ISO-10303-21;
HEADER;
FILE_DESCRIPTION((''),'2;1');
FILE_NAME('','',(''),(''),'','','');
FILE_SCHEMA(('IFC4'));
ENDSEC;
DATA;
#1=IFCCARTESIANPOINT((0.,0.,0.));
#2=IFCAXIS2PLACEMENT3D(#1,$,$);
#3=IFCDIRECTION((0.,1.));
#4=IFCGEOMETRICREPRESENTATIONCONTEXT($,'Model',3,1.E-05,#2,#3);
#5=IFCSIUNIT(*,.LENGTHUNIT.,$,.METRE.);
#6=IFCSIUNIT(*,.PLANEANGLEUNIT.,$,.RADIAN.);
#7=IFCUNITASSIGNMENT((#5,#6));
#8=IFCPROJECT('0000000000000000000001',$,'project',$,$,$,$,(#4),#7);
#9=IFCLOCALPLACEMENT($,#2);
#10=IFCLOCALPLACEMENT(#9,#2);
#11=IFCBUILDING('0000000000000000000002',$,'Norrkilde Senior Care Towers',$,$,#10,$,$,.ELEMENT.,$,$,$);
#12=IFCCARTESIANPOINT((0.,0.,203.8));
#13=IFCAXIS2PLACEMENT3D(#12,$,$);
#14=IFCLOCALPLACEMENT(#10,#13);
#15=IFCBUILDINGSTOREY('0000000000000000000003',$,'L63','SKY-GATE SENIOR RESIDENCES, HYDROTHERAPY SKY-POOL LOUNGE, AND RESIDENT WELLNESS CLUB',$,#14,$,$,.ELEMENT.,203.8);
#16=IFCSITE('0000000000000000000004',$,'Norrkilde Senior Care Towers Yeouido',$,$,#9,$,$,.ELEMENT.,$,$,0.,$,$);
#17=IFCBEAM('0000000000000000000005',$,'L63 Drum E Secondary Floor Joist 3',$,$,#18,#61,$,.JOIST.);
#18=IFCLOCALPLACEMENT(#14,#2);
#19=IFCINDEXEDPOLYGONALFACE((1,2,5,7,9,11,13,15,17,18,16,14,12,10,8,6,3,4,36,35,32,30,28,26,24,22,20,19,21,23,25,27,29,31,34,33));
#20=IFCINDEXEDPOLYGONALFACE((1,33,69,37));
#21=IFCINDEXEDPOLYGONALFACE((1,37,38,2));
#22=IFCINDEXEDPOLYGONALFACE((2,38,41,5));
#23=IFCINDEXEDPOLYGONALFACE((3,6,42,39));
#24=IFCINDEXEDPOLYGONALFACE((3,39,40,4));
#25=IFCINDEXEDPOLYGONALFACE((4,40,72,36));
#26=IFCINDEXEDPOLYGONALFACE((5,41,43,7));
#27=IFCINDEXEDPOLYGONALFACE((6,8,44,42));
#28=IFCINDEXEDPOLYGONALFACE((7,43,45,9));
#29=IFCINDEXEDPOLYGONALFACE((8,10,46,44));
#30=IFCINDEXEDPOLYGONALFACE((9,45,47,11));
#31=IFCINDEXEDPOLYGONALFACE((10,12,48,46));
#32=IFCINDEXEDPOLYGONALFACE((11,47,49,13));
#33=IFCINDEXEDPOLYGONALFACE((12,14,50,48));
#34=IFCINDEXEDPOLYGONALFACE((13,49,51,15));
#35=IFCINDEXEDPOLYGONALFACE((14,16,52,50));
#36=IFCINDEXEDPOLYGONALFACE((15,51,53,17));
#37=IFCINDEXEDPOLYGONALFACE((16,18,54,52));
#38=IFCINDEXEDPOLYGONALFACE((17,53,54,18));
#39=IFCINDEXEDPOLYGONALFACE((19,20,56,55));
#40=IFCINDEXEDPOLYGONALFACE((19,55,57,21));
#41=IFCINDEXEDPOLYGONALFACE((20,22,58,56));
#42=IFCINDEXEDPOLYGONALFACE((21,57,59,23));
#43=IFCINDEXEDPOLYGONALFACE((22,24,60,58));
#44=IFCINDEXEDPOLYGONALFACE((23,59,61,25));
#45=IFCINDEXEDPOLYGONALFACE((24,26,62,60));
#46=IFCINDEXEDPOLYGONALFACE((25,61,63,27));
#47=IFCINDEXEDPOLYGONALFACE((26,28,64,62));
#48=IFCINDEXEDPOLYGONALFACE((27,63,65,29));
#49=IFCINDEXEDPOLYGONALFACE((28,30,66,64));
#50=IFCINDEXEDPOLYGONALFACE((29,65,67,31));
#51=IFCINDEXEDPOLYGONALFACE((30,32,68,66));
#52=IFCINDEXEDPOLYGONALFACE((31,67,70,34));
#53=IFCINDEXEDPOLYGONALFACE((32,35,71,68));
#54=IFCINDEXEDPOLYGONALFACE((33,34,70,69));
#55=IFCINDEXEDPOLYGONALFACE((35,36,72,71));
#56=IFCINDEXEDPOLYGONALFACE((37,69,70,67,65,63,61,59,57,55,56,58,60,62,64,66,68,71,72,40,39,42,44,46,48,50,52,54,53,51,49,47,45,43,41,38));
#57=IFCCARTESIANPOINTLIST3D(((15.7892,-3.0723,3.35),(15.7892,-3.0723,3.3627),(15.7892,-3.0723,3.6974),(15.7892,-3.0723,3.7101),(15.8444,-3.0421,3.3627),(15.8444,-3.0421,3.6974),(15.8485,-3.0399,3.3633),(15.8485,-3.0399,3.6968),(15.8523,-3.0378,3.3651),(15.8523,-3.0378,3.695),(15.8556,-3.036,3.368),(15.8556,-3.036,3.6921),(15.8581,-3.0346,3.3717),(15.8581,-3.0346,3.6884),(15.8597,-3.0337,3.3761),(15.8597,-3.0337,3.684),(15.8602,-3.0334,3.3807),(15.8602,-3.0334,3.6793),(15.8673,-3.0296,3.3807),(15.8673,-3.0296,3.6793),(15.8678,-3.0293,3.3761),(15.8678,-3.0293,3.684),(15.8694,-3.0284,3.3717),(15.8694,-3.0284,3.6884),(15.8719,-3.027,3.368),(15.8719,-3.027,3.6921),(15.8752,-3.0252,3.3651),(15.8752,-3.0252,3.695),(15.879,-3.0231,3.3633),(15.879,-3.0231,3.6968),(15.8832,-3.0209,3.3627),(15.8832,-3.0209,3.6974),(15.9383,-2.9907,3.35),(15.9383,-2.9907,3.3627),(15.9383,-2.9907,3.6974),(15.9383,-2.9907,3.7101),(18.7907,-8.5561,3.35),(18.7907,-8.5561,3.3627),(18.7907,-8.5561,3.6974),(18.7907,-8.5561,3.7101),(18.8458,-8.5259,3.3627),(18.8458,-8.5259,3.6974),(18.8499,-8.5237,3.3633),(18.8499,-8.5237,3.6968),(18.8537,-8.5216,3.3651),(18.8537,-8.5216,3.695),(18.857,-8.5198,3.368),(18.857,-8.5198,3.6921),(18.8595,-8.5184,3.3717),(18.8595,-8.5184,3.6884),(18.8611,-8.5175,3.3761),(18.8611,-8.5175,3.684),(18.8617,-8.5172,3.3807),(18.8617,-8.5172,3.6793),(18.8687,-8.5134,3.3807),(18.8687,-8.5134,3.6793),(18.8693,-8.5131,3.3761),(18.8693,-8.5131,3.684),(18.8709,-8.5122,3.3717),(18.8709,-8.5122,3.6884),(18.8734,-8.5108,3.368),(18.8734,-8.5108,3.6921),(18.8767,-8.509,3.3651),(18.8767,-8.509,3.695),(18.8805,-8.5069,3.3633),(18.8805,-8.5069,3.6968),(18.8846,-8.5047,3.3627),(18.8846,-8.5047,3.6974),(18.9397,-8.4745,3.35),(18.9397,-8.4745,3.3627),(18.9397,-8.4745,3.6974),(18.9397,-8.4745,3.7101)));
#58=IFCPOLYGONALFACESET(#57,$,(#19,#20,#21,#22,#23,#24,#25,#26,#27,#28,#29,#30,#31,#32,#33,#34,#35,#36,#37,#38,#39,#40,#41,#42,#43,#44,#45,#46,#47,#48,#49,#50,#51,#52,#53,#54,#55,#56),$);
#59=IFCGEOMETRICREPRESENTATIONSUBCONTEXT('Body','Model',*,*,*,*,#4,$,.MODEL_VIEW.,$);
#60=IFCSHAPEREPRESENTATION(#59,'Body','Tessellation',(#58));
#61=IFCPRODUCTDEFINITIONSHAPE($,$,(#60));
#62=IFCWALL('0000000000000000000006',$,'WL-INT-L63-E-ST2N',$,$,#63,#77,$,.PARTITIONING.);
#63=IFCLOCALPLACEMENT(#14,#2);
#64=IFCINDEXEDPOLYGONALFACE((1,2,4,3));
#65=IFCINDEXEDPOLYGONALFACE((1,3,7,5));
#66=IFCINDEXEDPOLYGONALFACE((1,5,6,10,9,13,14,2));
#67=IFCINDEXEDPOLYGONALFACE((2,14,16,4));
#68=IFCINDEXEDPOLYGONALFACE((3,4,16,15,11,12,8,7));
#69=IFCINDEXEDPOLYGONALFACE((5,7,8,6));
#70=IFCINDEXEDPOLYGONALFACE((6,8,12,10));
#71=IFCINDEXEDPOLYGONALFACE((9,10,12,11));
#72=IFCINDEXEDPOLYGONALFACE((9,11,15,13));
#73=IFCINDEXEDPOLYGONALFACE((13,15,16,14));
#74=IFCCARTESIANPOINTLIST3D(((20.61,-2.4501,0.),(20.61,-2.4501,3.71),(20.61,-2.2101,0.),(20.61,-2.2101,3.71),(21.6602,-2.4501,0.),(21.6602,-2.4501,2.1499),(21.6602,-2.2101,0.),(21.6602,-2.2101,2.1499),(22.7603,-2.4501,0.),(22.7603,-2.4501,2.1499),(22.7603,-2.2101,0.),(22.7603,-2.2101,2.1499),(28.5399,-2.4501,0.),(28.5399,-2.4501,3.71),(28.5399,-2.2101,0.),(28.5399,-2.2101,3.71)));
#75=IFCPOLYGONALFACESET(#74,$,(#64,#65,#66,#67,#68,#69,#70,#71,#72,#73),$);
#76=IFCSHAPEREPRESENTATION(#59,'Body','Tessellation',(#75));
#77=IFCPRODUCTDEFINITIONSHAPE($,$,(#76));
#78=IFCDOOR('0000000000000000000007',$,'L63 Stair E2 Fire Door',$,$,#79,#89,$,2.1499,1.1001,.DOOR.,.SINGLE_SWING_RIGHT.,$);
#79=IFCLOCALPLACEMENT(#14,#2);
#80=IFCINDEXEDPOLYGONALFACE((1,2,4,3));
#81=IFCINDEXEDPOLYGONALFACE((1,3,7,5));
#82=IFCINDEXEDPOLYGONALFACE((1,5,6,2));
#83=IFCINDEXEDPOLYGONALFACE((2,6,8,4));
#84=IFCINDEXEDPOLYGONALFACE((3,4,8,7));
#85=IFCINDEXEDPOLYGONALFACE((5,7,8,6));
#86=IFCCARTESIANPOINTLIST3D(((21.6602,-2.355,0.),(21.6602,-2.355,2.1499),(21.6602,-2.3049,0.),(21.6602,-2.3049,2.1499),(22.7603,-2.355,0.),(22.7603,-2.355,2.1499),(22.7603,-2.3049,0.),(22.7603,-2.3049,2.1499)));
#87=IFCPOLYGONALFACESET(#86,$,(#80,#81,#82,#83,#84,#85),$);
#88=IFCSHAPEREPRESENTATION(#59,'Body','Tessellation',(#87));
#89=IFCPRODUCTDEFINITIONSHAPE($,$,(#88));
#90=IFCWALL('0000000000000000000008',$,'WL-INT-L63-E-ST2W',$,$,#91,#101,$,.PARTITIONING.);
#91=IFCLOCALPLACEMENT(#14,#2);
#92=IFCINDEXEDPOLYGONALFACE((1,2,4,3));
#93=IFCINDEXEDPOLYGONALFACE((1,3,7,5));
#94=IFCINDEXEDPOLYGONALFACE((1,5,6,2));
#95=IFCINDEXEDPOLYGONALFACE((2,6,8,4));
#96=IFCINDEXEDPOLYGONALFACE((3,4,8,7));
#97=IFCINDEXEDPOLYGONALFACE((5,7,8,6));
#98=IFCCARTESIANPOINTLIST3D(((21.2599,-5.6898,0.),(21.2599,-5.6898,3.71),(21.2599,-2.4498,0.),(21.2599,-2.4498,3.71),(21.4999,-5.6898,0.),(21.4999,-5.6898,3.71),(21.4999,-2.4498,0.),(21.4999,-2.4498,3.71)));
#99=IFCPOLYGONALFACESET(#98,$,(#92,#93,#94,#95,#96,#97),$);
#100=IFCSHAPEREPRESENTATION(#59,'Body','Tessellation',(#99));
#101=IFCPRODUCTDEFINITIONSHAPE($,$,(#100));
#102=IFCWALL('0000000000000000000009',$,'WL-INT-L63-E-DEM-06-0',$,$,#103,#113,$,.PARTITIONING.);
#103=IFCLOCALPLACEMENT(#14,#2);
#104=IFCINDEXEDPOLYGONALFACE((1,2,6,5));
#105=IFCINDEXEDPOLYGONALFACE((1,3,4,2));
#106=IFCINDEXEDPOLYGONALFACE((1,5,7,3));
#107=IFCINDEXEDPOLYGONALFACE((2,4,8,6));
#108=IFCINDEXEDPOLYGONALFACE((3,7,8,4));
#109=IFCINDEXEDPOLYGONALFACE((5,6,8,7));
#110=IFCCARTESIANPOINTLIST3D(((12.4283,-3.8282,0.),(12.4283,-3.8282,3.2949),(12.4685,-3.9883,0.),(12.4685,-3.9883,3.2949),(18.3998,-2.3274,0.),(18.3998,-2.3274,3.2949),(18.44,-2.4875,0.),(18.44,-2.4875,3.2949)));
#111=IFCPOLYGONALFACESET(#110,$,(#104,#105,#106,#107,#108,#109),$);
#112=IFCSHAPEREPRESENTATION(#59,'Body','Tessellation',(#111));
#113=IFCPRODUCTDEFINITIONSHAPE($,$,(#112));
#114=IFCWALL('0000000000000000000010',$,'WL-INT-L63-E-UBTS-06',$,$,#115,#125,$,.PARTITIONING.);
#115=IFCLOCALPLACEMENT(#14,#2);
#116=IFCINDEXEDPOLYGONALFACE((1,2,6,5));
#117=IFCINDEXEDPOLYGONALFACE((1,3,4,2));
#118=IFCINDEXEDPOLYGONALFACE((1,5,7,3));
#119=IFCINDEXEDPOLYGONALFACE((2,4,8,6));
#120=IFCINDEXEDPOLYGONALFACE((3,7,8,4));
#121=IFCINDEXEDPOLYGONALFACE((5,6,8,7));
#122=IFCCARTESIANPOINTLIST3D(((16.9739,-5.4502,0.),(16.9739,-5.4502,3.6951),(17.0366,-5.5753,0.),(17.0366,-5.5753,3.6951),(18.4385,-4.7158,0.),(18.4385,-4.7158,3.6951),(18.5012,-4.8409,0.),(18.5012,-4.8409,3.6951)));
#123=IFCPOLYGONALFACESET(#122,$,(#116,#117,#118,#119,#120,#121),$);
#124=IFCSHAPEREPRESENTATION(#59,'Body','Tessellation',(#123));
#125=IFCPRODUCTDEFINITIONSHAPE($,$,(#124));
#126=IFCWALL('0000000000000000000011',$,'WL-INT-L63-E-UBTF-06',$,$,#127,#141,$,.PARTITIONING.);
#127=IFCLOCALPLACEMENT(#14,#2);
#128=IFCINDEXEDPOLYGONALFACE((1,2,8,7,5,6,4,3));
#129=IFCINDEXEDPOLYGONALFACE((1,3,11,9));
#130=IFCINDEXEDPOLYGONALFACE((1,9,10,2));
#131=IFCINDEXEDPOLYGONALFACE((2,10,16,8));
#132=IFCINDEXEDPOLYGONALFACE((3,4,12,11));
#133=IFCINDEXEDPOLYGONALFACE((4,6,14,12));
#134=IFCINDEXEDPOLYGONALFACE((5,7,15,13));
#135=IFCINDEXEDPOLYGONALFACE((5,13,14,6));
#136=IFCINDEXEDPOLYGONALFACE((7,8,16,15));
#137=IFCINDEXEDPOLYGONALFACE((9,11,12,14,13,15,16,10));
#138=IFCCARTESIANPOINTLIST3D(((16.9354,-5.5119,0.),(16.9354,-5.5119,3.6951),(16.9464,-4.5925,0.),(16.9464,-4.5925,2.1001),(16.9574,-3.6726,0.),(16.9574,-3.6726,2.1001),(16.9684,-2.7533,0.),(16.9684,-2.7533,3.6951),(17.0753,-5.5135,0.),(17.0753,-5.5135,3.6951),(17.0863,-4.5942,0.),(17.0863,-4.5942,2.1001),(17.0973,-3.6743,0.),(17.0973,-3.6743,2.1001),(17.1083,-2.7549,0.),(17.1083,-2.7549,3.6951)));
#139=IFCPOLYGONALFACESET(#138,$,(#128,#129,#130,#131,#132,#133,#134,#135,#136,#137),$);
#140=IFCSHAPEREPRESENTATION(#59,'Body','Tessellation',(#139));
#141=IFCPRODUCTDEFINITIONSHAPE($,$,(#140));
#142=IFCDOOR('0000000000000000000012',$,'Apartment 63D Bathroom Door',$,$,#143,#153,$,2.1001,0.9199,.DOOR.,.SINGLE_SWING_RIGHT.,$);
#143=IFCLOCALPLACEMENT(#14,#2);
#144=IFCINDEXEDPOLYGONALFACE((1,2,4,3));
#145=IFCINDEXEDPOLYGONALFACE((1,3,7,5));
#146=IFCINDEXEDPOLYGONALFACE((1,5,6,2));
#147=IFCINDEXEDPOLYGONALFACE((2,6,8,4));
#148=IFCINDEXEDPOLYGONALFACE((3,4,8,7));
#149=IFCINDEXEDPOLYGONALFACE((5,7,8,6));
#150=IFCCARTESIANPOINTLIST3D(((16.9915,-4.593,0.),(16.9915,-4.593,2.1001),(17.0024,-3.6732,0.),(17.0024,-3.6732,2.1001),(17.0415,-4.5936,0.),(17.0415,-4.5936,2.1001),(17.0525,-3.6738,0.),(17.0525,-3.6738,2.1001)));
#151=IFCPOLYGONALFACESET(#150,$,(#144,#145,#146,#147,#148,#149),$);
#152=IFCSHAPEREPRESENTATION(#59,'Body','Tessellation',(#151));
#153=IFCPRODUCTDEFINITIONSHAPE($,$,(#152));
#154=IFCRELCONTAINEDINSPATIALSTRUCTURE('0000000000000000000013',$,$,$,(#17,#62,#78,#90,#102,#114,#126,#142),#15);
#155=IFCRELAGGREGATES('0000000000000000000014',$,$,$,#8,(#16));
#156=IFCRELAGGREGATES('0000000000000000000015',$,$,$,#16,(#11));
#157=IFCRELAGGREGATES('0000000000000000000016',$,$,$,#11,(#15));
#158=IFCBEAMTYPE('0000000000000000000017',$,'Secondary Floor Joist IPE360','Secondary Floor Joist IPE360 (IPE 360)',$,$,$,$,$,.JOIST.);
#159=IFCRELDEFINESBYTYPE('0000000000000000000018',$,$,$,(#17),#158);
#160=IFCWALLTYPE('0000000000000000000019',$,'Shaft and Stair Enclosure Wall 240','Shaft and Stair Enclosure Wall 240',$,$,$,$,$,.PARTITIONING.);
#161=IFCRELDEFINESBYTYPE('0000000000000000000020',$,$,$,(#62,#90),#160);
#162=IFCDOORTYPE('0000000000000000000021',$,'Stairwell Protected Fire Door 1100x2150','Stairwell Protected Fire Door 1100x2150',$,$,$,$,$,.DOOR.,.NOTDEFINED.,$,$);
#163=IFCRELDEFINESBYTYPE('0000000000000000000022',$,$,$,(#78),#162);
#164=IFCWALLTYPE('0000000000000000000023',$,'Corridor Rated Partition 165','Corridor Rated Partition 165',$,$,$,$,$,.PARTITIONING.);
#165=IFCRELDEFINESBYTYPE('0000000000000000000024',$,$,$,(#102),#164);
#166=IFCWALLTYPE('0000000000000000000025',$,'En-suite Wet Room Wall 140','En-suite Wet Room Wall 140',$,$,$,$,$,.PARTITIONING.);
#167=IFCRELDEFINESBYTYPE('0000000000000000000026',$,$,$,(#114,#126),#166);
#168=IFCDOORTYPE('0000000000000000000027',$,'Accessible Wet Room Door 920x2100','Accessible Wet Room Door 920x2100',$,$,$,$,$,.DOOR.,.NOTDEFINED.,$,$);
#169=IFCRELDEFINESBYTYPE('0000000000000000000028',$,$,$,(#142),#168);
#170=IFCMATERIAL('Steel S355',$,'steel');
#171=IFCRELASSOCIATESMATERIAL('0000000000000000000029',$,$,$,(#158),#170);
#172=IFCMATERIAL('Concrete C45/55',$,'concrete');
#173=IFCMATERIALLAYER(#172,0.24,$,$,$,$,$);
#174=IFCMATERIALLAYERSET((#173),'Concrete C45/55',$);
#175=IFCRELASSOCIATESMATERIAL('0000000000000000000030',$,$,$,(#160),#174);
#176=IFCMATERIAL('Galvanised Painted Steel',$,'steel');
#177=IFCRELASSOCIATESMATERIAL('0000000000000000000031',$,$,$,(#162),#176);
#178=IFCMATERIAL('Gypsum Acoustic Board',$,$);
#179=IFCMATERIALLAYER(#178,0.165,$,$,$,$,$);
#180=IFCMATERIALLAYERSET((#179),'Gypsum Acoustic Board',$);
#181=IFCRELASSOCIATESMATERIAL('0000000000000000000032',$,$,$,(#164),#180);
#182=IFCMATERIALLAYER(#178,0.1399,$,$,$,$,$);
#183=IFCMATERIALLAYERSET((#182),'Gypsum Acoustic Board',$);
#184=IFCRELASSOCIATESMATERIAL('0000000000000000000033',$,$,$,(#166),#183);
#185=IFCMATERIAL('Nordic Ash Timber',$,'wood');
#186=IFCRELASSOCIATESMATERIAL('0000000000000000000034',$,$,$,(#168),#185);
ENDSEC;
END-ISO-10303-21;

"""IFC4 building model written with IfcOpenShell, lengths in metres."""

from ifc_helpers import new_model, si_unit, direction, frame, frame_2d, origin, origin_2d, place, context, subcontext, project, spatial, rectangle, i_section, extrude, source, transform, mapped, material, layer, layer_set, material_profile, profile_set, type_object, type_shapes, element, fill, save


model = new_model("IFC4")

# Units and contexts
model_context = context("Model", 3, precision=1e-05, world=origin(), true_north=direction((0.0, 1.0)))
body_context = subcontext(model_context, "Body", "Model", "MODEL_VIEW")
ifc_project = project(units=[si_unit("LENGTHUNIT", "METRE"), si_unit("PLANEANGLEUNIT", "RADIAN")], contexts=[model_context])

# Site, building, storey
site_placement = place(None, origin())
site = spatial("IfcSite", under=ifc_project, at=site_placement, Name="Norrkilde Senior Care Towers Yeouido", CompositionType="ELEMENT", RefElevation=0.0)
building_placement = place(site_placement, origin())
building = spatial("IfcBuilding", under=site, at=building_placement, Name="Norrkilde Senior Care Towers", CompositionType="ELEMENT")
storey_placement = place(building_placement, frame((0.0, 0.0, 203.8)))
storey = spatial("IfcBuildingStorey", under=building, at=storey_placement, Name="L63", Description="SKY-GATE SENIOR RESIDENCES, HYDROTHERAPY SKY-POOL LOUNGE, AND RESIDENT WELLNESS CLUB", CompositionType="ELEMENT", Elevation=203.8)

# Beam
ifc_material_1 = material(Name="Steel S355", Category="steel")
ifc_material_profile_1 = material_profile(ifc_material_1, i_section(OverallWidth=0.1699, OverallDepth=0.3601, WebThickness=0.0081, FlangeThickness=0.0127, FilletRadius=0.0181, at=origin_2d()), Name="IPE 360")
ifc_profile_set_1 = profile_set([ifc_material_profile_1], Name="Steel S355")
beam_type_1 = type_object("IfcBeamType", Name="Secondary Floor Joist IPE360", Description="Secondary Floor Joist IPE360 (IPE 360)", PredefinedType="JOIST", material=ifc_profile_set_1)
shared_shape_1 = source(origin(), body_context, "Body", "SweptSolid", [
    extrude(i_section(OverallWidth=0.1699, OverallDepth=0.3601, WebThickness=0.0081, FlangeThickness=0.0127, FilletRadius=0.0181, at=origin_2d()), origin(), (0.0, 0.0, 1.0), 6.2515),
])
type_shapes(beam_type_1, [shared_shape_1])
beam_1_placement = place(storey_placement, frame((15.8638, -3.0315, 3.53), z_axis=(0.480116, -0.877205, 0.0), x_axis=(0.877205, 0.480116, 0.0)))
element("IfcBeam", 1, at=beam_1_placement, inside=storey, type_object=beam_type_1, Name="L63 Drum E Secondary Floor Joist 3", PredefinedType="JOIST", context=body_context, shape_type="MappedRepresentation", body=[
    mapped(shared_shape_1, transform((0.0, 0.0, 0.0), x_axis=(1.0, 0.0, 0.0), y_axis=(0.0, 1.0, 0.0), z_axis=(0.0, 0.0, 1.0), scale=1.0)),
])

# Wall, opening, door
ifc_material_2 = material(Name="Galvanised Painted Steel", Category="steel")
ifc_material_3 = material(Name="Concrete C45/55", Category="concrete")
ifc_layer_1 = layer(ifc_material_3, 0.24)
ifc_layer_set_1 = layer_set([ifc_layer_1], Name="Concrete C45/55")
wall_type_1 = type_object("IfcWallType", Name="Shaft and Stair Enclosure Wall 240", Description="Shaft and Stair Enclosure Wall 240", PredefinedType="PARTITIONING", material=ifc_layer_set_1)
shared_shape_2 = source(origin(), body_context, "Body", "SweptSolid", [
    extrude(rectangle(XDim=7.9299, YDim=0.24, at=frame_2d((3.9648, 0.0))), origin(), (0.0, 0.0, 1.0), 3.71),
])
wall_1_placement = place(storey_placement, frame((20.6101, -2.3301, 0.0), z_axis=(0.0, 0.0, 1.0), x_axis=(1.0, 0.0, 0.0)))
wall_1 = element("IfcWall", 2, at=wall_1_placement, inside=storey, type_object=wall_type_1, Name="WL-INT-L63-E-ST2N", PredefinedType="PARTITIONING", context=body_context, shape_type="MappedRepresentation", body=[
    mapped(shared_shape_2, transform((0.0, 0.0, 0.0), x_axis=(1.0, 0.0, 0.0), y_axis=(0.0, 1.0, 0.0), z_axis=(0.0, 0.0, 1.0), scale=1.0)),
])
opening_1_placement = place(wall_1_placement, frame((1.05, 0.0, 0.0)))
opening_1 = element("IfcOpeningElement", 3, at=opening_1_placement, cuts=wall_1, PredefinedType="OPENING", context=body_context, shape_type="SweptSolid", body=[
    extrude(rectangle(XDim=1.1001, YDim=2.1499, at=frame_2d((0.55, 1.075))), frame((0.0, 0.1299, 0.0), z_axis=(0.0, -1.0, 0.0), x_axis=(1.0, 0.0, 0.0)), (0.0, 0.0, 1.0), 0.26),
])
door_type_1 = type_object("IfcDoorType", Name="Stairwell Protected Fire Door 1100x2150", Description="Stairwell Protected Fire Door 1100x2150", OperationType="NOTDEFINED", PredefinedType="DOOR", material=ifc_material_2)
shared_shape_3 = source(origin(), body_context, "Body", "SweptSolid", [
    extrude(rectangle(XDim=1.1001, YDim=2.1499, at=frame_2d((0.55, 1.075))), frame((0.0, 0.0249, 0.0), z_axis=(0.0, -1.0, 0.0), x_axis=(1.0, 0.0, 0.0)), (0.0, 0.0, 1.0), 0.05),
])
type_shapes(door_type_1, [shared_shape_3])
door_1_placement = place(opening_1_placement, frame((1.1001, 0.0, 0.0), z_axis=(0.0, 0.0, 1.0), x_axis=(-1.0, 0.0, 0.0)))
door_1 = element("IfcDoor", 4, at=door_1_placement, inside=storey, type_object=door_type_1, Name="L63 Stair E2 Fire Door", OperationType="SINGLE_SWING_RIGHT", OverallHeight=2.1499, OverallWidth=1.1001, PredefinedType="DOOR", context=body_context, shape_type="MappedRepresentation", body=[
    mapped(shared_shape_3, transform((0.0, 0.0, 0.0), x_axis=(1.0, 0.0, 0.0), y_axis=(0.0, 1.0, 0.0), z_axis=(0.0, 0.0, 1.0), scale=1.0)),
])
fill(opening_1, door_1)

# Walls
shared_shape_4 = source(origin(), body_context, "Body", "SweptSolid", [
    extrude(rectangle(XDim=3.24, YDim=0.24, at=frame_2d((1.6201, 0.0))), origin(), (0.0, 0.0, 1.0), 3.71),
])
type_shapes(wall_type_1, [shared_shape_2, shared_shape_4])
wall_2_placement = place(storey_placement, frame((21.3799, -5.6899, 0.0), z_axis=(0.0, 0.0, 1.0), x_axis=(0.0, 1.0, 0.0)))
element("IfcWall", 5, at=wall_2_placement, inside=storey, type_object=wall_type_1, Name="WL-INT-L63-E-ST2W", PredefinedType="PARTITIONING", context=body_context, shape_type="MappedRepresentation", body=[
    mapped(shared_shape_4, transform((0.0, 0.0, 0.0), x_axis=(1.0, 0.0, 0.0), y_axis=(0.0, 1.0, 0.0), z_axis=(0.0, 0.0, 1.0), scale=1.0)),
])
ifc_material_4 = material(Name="Gypsum Acoustic Board")
ifc_layer_2 = layer(ifc_material_4, 0.165)
ifc_layer_set_2 = layer_set([ifc_layer_2], Name="Gypsum Acoustic Board")
wall_type_2 = type_object("IfcWallType", Name="Corridor Rated Partition 165", Description="Corridor Rated Partition 165", PredefinedType="PARTITIONING", material=ifc_layer_set_2)
shared_shape_5 = source(origin(), body_context, "Body", "SweptSolid", [
    extrude(rectangle(XDim=6.1572, YDim=0.165, at=frame_2d((3.0786, 0.0))), origin(), (0.0, 0.0, 1.0), 3.2949),
])
type_shapes(wall_type_2, [shared_shape_5])
wall_3_placement = place(storey_placement, frame((18.4199, -2.4075, 0.0), z_axis=(0.0, 0.0, 1.0), x_axis=(-0.969841, -0.243739, 0.0)))
element("IfcWall", 6, at=wall_3_placement, inside=storey, type_object=wall_type_2, Name="WL-INT-L63-E-DEM-06-0", PredefinedType="PARTITIONING", context=body_context, shape_type="MappedRepresentation", body=[
    mapped(shared_shape_5, transform((0.0, 0.0, 0.0), x_axis=(1.0, 0.0, 0.0), y_axis=(0.0, 1.0, 0.0), z_axis=(0.0, 0.0, 1.0), scale=1.0)),
])
ifc_layer_3 = layer(ifc_material_4, 0.1399)
ifc_layer_set_3 = layer_set([ifc_layer_3], Name="Gypsum Acoustic Board")
wall_type_3 = type_object("IfcWallType", Name="En-suite Wet Room Wall 140", Description="En-suite Wet Room Wall 140", PredefinedType="PARTITIONING", material=ifc_layer_set_3)
shared_shape_6 = source(origin(), body_context, "Body", "SweptSolid", [
    extrude(rectangle(XDim=1.6384, YDim=0.1399, at=frame_2d((0.8193, 0.0))), origin(), (0.0, 0.0, 1.0), 3.6951),
])
wall_4_placement = place(storey_placement, frame((18.47, -4.7783, 0.0), z_axis=(0.0, 0.0, 1.0), x_axis=(-0.89392, -0.448227, 0.0)))
element("IfcWall", 7, at=wall_4_placement, inside=storey, type_object=wall_type_3, Name="WL-INT-L63-E-UBTS-06", PredefinedType="PARTITIONING", context=body_context, shape_type="MappedRepresentation", body=[
    mapped(shared_shape_6, transform((0.0, 0.0, 0.0), x_axis=(1.0, 0.0, 0.0), y_axis=(0.0, 1.0, 0.0), z_axis=(0.0, 0.0, 1.0), scale=1.0)),
])

# Wall, opening, door
shared_shape_7 = source(origin(), body_context, "Body", "SweptSolid", [
    extrude(rectangle(XDim=2.7588, YDim=0.1399, at=frame_2d((1.3794, 0.0))), origin(), (0.0, 0.0, 1.0), 3.6951),
])
type_shapes(wall_type_3, [shared_shape_6, shared_shape_7])
wall_5_placement = place(storey_placement, frame((17.0054, -5.5127, 0.0), z_axis=(0.0, 0.0, 1.0), x_axis=(0.011947, 0.999929, 0.0)))
wall_5 = element("IfcWall", 8, at=wall_5_placement, inside=storey, type_object=wall_type_3, Name="WL-INT-L63-E-UBTF-06", PredefinedType="PARTITIONING", context=body_context, shape_type="MappedRepresentation", body=[
    mapped(shared_shape_7, transform((0.0, 0.0, 0.0), x_axis=(1.0, 0.0, 0.0), y_axis=(0.0, 1.0, 0.0), z_axis=(0.0, 0.0, 1.0), scale=1.0)),
])
opening_2_placement = place(wall_5_placement, frame((0.9194, 0.0, 0.0)))
opening_2 = element("IfcOpeningElement", 9, at=opening_2_placement, cuts=wall_5, PredefinedType="OPENING", context=body_context, shape_type="SweptSolid", body=[
    extrude(rectangle(XDim=0.9199, YDim=2.1001, at=frame_2d((0.46, 1.05))), frame((0.0, 0.0798, 0.0), z_axis=(0.0, -1.0, 0.0), x_axis=(1.0, 0.0, 0.0)), (0.0, 0.0, 1.0), 0.1599),
])
ifc_material_5 = material(Name="Nordic Ash Timber", Category="wood")
door_type_2 = type_object("IfcDoorType", Name="Accessible Wet Room Door 920x2100", Description="Accessible Wet Room Door 920x2100", OperationType="NOTDEFINED", PredefinedType="DOOR", material=ifc_material_5)
shared_shape_8 = source(origin(), body_context, "Body", "SweptSolid", [
    extrude(rectangle(XDim=0.9199, YDim=2.1001, at=frame_2d((0.46, 1.05))), frame((0.0, 0.0249, 0.0), z_axis=(0.0, -1.0, 0.0), x_axis=(1.0, 0.0, 0.0)), (0.0, 0.0, 1.0), 0.05),
])
type_shapes(door_type_2, [shared_shape_8])
door_2_placement = place(opening_2_placement, origin())
door_2 = element("IfcDoor", 10, at=door_2_placement, inside=storey, type_object=door_type_2, Name="Apartment 63D Bathroom Door", OperationType="SINGLE_SWING_RIGHT", OverallHeight=2.1001, OverallWidth=0.9199, PredefinedType="DOOR", context=body_context, shape_type="MappedRepresentation", body=[
    mapped(shared_shape_8, transform((0.0, 0.0, 0.0), x_axis=(1.0, 0.0, 0.0), y_axis=(0.0, 1.0, 0.0), z_axis=(0.0, 0.0, 1.0), scale=1.0)),
])
fill(opening_2, door_2)

save(model, "model.ifc")
